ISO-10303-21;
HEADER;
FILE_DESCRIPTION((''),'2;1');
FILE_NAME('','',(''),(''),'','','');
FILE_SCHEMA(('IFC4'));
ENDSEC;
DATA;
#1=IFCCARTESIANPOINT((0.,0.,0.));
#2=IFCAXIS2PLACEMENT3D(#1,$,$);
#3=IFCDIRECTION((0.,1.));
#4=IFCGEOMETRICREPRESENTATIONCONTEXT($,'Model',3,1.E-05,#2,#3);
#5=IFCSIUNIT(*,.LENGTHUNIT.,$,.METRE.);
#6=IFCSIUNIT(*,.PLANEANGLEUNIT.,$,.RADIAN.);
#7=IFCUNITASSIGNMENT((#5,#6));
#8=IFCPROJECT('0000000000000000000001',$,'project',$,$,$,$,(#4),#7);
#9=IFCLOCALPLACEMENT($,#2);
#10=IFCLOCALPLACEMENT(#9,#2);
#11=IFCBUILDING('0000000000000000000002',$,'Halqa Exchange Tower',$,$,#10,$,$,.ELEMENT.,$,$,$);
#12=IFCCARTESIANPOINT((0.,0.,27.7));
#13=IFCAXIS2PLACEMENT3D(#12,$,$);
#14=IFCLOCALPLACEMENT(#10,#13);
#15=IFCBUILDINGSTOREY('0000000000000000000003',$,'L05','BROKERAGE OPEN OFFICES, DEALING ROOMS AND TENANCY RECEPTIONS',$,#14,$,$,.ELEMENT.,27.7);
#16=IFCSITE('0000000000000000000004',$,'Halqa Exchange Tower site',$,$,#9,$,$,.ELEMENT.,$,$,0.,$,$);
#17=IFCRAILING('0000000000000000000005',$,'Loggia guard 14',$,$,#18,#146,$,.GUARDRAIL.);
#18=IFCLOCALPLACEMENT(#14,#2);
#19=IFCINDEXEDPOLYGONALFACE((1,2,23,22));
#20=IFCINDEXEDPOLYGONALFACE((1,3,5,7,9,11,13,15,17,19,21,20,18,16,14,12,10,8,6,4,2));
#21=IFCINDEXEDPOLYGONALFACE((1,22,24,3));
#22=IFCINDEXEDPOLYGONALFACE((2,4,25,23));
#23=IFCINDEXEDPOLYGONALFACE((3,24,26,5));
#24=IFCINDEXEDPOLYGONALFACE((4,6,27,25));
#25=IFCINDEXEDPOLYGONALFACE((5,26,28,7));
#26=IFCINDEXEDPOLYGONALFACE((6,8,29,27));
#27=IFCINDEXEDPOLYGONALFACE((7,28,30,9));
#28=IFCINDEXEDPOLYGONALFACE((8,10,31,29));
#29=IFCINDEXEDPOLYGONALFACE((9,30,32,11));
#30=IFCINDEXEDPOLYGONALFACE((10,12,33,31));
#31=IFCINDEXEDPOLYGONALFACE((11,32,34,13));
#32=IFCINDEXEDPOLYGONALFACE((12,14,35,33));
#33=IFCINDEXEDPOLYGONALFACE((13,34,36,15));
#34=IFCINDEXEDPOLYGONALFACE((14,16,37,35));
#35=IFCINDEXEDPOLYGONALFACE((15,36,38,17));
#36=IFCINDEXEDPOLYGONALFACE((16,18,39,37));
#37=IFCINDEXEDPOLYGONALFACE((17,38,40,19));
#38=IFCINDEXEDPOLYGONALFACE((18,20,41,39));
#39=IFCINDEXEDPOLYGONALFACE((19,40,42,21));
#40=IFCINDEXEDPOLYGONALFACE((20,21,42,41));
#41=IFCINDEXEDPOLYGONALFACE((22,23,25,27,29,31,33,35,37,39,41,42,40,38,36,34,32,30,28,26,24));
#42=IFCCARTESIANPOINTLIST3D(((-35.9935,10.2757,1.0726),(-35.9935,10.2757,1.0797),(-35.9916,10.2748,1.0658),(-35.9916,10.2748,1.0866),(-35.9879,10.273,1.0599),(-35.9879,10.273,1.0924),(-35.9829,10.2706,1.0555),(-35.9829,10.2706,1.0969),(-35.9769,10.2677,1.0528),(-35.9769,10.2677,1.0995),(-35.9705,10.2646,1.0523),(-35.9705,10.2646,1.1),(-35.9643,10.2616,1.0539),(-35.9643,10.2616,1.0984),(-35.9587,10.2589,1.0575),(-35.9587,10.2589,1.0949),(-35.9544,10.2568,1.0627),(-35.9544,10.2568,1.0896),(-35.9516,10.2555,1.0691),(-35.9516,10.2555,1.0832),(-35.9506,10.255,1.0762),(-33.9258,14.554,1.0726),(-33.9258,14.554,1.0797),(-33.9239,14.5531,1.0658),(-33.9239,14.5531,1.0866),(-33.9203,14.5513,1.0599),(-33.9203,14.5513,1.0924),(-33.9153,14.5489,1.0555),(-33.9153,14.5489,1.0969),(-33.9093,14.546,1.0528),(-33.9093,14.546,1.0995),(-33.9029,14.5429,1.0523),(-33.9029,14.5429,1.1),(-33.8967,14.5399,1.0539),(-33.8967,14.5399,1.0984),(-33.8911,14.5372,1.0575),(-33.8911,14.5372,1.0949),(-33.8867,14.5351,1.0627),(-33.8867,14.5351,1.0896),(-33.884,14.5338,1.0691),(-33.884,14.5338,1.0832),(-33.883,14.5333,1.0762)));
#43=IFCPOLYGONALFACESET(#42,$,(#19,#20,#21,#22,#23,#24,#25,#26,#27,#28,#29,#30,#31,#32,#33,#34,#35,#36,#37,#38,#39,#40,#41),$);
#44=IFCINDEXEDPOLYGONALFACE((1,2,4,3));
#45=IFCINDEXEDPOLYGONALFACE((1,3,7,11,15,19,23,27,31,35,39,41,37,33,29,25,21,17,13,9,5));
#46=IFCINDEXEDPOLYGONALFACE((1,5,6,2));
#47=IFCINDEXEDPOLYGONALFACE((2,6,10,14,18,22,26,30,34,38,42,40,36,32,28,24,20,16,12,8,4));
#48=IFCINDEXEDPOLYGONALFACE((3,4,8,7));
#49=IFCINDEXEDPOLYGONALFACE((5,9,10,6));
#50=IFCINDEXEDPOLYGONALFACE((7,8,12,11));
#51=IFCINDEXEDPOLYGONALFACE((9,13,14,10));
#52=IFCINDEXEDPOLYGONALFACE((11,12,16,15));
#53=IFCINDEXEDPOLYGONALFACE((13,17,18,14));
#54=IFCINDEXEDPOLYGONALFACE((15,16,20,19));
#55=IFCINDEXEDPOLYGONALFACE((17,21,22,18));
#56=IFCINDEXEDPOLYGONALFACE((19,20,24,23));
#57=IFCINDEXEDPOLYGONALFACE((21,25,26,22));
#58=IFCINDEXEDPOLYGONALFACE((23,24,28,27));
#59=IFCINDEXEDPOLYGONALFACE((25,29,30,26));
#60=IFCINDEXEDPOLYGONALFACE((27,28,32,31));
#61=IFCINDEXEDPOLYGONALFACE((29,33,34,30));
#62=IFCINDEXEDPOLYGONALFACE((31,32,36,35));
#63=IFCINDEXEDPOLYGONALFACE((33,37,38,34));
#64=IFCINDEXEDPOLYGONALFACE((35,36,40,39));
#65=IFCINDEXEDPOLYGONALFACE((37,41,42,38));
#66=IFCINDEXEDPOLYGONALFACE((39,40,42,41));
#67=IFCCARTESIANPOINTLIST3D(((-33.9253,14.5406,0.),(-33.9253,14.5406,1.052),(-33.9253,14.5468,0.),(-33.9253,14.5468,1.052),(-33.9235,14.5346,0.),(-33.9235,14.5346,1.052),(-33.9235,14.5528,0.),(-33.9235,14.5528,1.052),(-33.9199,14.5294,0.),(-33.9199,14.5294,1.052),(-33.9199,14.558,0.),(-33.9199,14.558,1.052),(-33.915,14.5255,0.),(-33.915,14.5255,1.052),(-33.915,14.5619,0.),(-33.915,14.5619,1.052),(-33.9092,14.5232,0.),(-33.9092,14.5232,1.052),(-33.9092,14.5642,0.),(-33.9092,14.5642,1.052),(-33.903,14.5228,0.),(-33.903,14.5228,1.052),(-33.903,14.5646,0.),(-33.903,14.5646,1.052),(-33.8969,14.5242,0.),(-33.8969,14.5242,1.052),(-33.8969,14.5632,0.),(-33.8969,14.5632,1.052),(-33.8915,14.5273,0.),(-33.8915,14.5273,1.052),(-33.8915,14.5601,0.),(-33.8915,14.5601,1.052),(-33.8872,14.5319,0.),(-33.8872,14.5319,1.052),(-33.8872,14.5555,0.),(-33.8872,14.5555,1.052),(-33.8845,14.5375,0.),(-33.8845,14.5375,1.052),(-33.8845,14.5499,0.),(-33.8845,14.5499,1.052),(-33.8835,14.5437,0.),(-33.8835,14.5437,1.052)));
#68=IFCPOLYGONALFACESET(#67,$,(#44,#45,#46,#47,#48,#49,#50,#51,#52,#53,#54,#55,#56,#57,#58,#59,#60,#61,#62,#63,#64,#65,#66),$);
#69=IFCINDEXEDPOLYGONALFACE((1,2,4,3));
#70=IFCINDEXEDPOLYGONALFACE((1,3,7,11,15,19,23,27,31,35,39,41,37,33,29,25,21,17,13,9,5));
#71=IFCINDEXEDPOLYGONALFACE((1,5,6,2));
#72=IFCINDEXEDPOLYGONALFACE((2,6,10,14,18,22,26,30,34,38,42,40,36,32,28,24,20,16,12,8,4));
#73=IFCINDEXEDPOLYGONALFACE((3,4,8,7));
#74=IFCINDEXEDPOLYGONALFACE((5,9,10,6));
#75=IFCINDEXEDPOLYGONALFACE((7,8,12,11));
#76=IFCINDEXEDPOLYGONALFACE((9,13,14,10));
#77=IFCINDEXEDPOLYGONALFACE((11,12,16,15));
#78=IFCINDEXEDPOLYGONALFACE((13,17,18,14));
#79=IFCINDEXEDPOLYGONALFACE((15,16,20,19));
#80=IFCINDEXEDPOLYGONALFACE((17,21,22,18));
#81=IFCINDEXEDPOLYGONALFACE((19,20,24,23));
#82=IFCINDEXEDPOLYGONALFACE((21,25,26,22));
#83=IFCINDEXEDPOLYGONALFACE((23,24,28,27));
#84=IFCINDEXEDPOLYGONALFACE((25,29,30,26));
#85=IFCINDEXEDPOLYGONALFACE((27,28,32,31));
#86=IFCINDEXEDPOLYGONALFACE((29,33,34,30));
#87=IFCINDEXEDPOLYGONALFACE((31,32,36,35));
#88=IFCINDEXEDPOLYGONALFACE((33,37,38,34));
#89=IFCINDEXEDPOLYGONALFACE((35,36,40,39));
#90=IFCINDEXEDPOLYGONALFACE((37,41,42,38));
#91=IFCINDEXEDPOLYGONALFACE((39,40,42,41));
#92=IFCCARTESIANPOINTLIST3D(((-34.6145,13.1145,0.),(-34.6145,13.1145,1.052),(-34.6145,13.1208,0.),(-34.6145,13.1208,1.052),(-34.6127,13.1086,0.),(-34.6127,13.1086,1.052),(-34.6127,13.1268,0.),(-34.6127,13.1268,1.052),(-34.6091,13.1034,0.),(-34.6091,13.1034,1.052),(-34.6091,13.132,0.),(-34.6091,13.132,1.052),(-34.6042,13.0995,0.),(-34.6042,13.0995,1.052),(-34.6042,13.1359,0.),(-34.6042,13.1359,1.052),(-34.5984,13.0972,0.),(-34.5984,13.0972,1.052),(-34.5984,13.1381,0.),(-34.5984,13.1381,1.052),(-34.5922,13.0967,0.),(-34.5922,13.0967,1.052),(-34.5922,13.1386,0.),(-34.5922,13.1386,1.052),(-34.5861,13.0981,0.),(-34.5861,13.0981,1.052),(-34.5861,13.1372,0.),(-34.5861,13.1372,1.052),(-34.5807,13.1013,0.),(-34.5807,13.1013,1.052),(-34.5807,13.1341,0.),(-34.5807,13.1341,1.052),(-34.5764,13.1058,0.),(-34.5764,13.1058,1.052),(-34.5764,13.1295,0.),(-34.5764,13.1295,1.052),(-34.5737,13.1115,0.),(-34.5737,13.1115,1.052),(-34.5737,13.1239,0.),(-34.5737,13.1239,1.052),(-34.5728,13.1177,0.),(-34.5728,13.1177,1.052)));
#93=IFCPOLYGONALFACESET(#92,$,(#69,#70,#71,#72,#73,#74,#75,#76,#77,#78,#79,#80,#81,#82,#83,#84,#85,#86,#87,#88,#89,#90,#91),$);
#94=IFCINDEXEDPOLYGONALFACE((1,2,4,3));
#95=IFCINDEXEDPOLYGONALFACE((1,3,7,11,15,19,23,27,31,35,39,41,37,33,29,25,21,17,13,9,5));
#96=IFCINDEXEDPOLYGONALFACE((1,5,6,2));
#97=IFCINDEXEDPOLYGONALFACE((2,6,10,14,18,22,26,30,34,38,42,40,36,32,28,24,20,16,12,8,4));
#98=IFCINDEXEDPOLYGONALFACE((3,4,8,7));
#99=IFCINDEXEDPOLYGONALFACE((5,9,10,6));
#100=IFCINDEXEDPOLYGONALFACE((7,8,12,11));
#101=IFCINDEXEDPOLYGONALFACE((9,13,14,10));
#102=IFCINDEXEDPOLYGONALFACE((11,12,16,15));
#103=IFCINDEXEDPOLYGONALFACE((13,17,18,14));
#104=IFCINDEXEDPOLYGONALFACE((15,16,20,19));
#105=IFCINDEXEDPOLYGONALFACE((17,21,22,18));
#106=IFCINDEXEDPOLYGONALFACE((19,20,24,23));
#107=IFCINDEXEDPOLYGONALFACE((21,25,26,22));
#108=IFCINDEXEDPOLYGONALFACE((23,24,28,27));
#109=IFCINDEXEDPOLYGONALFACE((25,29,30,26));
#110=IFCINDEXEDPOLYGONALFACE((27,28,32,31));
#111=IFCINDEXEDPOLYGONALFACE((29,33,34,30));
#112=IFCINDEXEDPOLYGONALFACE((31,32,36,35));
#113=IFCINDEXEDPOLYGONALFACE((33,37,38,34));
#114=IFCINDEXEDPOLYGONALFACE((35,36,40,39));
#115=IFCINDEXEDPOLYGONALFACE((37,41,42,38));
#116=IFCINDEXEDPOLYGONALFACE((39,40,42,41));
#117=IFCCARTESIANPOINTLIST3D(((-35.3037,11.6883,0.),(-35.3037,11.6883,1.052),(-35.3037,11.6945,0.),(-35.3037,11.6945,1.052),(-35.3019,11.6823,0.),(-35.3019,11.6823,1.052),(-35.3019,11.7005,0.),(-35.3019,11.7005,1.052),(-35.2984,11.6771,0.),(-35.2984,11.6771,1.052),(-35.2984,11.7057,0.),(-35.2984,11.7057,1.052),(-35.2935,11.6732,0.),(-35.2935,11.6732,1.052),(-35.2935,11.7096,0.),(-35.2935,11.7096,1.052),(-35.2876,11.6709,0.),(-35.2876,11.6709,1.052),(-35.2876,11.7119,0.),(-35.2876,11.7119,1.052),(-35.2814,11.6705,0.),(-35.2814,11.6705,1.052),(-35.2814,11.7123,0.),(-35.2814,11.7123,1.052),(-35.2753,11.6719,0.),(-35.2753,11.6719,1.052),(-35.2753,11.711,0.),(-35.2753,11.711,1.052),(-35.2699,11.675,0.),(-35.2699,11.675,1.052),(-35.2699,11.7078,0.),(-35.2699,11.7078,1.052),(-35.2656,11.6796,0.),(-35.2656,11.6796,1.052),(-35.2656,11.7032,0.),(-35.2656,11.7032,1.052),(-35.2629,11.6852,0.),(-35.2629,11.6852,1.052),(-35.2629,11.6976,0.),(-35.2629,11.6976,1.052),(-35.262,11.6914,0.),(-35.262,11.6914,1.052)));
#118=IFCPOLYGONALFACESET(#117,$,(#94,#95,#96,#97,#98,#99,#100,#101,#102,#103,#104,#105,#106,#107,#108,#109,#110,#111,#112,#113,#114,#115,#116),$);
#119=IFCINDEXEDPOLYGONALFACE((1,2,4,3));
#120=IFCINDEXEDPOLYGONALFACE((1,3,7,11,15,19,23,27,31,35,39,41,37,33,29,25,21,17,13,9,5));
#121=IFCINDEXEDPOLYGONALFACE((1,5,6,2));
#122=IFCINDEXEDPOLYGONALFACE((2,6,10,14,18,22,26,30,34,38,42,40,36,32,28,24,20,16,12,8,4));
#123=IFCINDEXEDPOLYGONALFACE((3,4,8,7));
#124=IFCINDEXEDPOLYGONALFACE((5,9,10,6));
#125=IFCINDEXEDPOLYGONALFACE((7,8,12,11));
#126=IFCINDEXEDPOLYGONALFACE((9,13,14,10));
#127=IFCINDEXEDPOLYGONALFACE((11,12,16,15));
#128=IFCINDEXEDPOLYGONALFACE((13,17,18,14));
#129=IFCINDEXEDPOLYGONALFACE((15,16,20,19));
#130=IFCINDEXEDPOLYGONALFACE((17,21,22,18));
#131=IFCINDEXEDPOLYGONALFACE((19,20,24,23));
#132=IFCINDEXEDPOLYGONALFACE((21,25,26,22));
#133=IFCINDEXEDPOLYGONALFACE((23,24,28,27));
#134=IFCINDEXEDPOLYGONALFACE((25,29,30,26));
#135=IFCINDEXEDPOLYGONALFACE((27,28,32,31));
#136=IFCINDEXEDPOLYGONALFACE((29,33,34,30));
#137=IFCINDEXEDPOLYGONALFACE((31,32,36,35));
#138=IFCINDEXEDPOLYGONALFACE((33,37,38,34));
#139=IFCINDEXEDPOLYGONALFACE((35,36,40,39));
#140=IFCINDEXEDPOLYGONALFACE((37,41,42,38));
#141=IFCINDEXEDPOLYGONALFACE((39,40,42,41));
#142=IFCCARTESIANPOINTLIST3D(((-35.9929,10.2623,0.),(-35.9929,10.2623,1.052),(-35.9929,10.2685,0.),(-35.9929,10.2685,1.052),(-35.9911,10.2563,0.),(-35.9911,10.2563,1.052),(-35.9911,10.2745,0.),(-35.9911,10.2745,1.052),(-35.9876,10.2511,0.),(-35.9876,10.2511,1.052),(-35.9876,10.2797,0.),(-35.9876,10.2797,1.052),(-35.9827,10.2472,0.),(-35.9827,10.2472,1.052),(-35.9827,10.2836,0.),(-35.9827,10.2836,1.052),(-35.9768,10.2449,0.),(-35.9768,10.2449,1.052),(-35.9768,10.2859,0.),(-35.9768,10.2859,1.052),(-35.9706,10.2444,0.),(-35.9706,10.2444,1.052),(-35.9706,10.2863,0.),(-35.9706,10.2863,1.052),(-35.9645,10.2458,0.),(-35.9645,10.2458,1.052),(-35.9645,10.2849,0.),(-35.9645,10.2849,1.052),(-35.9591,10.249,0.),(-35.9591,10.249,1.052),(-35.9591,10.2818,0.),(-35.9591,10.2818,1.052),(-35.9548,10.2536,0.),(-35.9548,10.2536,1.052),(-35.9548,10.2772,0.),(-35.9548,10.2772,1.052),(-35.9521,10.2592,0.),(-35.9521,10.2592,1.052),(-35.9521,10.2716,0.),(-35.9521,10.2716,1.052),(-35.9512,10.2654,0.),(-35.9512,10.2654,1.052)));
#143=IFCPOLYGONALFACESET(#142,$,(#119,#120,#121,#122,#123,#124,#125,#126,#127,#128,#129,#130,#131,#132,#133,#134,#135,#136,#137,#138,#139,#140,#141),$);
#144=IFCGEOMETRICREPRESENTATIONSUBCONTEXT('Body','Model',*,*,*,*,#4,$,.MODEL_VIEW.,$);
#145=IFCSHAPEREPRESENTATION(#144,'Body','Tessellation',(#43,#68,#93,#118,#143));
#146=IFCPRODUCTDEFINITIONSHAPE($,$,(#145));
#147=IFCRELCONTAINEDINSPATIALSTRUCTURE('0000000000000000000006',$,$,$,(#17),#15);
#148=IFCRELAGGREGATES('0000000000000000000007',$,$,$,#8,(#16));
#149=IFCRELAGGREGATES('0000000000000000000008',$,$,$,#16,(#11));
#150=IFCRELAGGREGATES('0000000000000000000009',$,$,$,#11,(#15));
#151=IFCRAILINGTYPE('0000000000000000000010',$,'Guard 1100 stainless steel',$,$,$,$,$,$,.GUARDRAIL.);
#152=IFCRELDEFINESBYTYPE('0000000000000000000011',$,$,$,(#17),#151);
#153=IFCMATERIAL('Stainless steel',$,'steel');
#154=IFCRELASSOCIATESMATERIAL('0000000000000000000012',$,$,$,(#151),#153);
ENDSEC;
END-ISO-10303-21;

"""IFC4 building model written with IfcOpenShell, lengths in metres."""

from ifc_helpers import new_model, si_unit, direction, frame, origin, origin_2d, place, context, subcontext, project, spatial, circle, extrude, material, type_object, element, save


model = new_model("IFC4")

# Units and contexts
model_context = context("Model", 3, precision=1e-05, world=origin(), true_north=direction((0.0, 1.0)))
body_context = subcontext(model_context, "Body", "Model", "MODEL_VIEW")
ifc_project = project(units=[si_unit("LENGTHUNIT", "METRE"), si_unit("PLANEANGLEUNIT", "RADIAN")], contexts=[model_context])

# Site, building, storey
site_placement = place(None, origin())
site = spatial("IfcSite", under=ifc_project, at=site_placement, Name="Halqa Exchange Tower site", CompositionType="ELEMENT", RefElevation=0.0)
building_placement = place(site_placement, origin())
building = spatial("IfcBuilding", under=site, at=building_placement, Name="Halqa Exchange Tower", CompositionType="ELEMENT")
storey_placement = place(building_placement, frame((0.0, 0.0, 27.7)))
storey = spatial("IfcBuildingStorey", under=building, at=storey_placement, Name="L05", Description="BROKERAGE OPEN OFFICES, DEALING ROOMS AND TENANCY RECEPTIONS", CompositionType="ELEMENT", Elevation=27.7)

# Railing
ifc_material_1 = material(Name="Stainless steel", Category="steel")
railing_type = type_object("IfcRailingType", Name="Guard 1100 stainless steel", PredefinedType="GUARDRAIL", material=ifc_material_1)
railing_1_placement = place(storey_placement, frame((-33.9045, 14.5437, 0.0)))
element("IfcRailing", 1, at=railing_1_placement, inside=storey, type_object=railing_type, Name="Loggia guard 14", PredefinedType="GUARDRAIL", context=body_context, shape_type="SweptSolid", body=[
    extrude(circle(Radius=0.0239, at=origin_2d()), frame((0.0, 0.0, 1.0762), z_axis=(-0.43513, -0.900368, 0.0), x_axis=(0.900368, -0.43513, 0.0)), (0.0, 0.0, 1.0), 4.7517),
    extrude(circle(Radius=0.021, at=origin_2d()), origin(), (0.0, 0.0, 1.0), 1.052),
    extrude(circle(Radius=0.021, at=origin_2d()), frame((-0.6892, -1.426, 0.0)), (0.0, 0.0, 1.0), 1.052),
    extrude(circle(Radius=0.021, at=origin_2d()), frame((-1.3784, -2.8523, 0.0)), (0.0, 0.0, 1.0), 1.052),
    extrude(circle(Radius=0.021, at=origin_2d()), frame((-2.0676, -4.2783, 0.0)), (0.0, 0.0, 1.0), 1.052),
])

save(model, "model.ifc")
